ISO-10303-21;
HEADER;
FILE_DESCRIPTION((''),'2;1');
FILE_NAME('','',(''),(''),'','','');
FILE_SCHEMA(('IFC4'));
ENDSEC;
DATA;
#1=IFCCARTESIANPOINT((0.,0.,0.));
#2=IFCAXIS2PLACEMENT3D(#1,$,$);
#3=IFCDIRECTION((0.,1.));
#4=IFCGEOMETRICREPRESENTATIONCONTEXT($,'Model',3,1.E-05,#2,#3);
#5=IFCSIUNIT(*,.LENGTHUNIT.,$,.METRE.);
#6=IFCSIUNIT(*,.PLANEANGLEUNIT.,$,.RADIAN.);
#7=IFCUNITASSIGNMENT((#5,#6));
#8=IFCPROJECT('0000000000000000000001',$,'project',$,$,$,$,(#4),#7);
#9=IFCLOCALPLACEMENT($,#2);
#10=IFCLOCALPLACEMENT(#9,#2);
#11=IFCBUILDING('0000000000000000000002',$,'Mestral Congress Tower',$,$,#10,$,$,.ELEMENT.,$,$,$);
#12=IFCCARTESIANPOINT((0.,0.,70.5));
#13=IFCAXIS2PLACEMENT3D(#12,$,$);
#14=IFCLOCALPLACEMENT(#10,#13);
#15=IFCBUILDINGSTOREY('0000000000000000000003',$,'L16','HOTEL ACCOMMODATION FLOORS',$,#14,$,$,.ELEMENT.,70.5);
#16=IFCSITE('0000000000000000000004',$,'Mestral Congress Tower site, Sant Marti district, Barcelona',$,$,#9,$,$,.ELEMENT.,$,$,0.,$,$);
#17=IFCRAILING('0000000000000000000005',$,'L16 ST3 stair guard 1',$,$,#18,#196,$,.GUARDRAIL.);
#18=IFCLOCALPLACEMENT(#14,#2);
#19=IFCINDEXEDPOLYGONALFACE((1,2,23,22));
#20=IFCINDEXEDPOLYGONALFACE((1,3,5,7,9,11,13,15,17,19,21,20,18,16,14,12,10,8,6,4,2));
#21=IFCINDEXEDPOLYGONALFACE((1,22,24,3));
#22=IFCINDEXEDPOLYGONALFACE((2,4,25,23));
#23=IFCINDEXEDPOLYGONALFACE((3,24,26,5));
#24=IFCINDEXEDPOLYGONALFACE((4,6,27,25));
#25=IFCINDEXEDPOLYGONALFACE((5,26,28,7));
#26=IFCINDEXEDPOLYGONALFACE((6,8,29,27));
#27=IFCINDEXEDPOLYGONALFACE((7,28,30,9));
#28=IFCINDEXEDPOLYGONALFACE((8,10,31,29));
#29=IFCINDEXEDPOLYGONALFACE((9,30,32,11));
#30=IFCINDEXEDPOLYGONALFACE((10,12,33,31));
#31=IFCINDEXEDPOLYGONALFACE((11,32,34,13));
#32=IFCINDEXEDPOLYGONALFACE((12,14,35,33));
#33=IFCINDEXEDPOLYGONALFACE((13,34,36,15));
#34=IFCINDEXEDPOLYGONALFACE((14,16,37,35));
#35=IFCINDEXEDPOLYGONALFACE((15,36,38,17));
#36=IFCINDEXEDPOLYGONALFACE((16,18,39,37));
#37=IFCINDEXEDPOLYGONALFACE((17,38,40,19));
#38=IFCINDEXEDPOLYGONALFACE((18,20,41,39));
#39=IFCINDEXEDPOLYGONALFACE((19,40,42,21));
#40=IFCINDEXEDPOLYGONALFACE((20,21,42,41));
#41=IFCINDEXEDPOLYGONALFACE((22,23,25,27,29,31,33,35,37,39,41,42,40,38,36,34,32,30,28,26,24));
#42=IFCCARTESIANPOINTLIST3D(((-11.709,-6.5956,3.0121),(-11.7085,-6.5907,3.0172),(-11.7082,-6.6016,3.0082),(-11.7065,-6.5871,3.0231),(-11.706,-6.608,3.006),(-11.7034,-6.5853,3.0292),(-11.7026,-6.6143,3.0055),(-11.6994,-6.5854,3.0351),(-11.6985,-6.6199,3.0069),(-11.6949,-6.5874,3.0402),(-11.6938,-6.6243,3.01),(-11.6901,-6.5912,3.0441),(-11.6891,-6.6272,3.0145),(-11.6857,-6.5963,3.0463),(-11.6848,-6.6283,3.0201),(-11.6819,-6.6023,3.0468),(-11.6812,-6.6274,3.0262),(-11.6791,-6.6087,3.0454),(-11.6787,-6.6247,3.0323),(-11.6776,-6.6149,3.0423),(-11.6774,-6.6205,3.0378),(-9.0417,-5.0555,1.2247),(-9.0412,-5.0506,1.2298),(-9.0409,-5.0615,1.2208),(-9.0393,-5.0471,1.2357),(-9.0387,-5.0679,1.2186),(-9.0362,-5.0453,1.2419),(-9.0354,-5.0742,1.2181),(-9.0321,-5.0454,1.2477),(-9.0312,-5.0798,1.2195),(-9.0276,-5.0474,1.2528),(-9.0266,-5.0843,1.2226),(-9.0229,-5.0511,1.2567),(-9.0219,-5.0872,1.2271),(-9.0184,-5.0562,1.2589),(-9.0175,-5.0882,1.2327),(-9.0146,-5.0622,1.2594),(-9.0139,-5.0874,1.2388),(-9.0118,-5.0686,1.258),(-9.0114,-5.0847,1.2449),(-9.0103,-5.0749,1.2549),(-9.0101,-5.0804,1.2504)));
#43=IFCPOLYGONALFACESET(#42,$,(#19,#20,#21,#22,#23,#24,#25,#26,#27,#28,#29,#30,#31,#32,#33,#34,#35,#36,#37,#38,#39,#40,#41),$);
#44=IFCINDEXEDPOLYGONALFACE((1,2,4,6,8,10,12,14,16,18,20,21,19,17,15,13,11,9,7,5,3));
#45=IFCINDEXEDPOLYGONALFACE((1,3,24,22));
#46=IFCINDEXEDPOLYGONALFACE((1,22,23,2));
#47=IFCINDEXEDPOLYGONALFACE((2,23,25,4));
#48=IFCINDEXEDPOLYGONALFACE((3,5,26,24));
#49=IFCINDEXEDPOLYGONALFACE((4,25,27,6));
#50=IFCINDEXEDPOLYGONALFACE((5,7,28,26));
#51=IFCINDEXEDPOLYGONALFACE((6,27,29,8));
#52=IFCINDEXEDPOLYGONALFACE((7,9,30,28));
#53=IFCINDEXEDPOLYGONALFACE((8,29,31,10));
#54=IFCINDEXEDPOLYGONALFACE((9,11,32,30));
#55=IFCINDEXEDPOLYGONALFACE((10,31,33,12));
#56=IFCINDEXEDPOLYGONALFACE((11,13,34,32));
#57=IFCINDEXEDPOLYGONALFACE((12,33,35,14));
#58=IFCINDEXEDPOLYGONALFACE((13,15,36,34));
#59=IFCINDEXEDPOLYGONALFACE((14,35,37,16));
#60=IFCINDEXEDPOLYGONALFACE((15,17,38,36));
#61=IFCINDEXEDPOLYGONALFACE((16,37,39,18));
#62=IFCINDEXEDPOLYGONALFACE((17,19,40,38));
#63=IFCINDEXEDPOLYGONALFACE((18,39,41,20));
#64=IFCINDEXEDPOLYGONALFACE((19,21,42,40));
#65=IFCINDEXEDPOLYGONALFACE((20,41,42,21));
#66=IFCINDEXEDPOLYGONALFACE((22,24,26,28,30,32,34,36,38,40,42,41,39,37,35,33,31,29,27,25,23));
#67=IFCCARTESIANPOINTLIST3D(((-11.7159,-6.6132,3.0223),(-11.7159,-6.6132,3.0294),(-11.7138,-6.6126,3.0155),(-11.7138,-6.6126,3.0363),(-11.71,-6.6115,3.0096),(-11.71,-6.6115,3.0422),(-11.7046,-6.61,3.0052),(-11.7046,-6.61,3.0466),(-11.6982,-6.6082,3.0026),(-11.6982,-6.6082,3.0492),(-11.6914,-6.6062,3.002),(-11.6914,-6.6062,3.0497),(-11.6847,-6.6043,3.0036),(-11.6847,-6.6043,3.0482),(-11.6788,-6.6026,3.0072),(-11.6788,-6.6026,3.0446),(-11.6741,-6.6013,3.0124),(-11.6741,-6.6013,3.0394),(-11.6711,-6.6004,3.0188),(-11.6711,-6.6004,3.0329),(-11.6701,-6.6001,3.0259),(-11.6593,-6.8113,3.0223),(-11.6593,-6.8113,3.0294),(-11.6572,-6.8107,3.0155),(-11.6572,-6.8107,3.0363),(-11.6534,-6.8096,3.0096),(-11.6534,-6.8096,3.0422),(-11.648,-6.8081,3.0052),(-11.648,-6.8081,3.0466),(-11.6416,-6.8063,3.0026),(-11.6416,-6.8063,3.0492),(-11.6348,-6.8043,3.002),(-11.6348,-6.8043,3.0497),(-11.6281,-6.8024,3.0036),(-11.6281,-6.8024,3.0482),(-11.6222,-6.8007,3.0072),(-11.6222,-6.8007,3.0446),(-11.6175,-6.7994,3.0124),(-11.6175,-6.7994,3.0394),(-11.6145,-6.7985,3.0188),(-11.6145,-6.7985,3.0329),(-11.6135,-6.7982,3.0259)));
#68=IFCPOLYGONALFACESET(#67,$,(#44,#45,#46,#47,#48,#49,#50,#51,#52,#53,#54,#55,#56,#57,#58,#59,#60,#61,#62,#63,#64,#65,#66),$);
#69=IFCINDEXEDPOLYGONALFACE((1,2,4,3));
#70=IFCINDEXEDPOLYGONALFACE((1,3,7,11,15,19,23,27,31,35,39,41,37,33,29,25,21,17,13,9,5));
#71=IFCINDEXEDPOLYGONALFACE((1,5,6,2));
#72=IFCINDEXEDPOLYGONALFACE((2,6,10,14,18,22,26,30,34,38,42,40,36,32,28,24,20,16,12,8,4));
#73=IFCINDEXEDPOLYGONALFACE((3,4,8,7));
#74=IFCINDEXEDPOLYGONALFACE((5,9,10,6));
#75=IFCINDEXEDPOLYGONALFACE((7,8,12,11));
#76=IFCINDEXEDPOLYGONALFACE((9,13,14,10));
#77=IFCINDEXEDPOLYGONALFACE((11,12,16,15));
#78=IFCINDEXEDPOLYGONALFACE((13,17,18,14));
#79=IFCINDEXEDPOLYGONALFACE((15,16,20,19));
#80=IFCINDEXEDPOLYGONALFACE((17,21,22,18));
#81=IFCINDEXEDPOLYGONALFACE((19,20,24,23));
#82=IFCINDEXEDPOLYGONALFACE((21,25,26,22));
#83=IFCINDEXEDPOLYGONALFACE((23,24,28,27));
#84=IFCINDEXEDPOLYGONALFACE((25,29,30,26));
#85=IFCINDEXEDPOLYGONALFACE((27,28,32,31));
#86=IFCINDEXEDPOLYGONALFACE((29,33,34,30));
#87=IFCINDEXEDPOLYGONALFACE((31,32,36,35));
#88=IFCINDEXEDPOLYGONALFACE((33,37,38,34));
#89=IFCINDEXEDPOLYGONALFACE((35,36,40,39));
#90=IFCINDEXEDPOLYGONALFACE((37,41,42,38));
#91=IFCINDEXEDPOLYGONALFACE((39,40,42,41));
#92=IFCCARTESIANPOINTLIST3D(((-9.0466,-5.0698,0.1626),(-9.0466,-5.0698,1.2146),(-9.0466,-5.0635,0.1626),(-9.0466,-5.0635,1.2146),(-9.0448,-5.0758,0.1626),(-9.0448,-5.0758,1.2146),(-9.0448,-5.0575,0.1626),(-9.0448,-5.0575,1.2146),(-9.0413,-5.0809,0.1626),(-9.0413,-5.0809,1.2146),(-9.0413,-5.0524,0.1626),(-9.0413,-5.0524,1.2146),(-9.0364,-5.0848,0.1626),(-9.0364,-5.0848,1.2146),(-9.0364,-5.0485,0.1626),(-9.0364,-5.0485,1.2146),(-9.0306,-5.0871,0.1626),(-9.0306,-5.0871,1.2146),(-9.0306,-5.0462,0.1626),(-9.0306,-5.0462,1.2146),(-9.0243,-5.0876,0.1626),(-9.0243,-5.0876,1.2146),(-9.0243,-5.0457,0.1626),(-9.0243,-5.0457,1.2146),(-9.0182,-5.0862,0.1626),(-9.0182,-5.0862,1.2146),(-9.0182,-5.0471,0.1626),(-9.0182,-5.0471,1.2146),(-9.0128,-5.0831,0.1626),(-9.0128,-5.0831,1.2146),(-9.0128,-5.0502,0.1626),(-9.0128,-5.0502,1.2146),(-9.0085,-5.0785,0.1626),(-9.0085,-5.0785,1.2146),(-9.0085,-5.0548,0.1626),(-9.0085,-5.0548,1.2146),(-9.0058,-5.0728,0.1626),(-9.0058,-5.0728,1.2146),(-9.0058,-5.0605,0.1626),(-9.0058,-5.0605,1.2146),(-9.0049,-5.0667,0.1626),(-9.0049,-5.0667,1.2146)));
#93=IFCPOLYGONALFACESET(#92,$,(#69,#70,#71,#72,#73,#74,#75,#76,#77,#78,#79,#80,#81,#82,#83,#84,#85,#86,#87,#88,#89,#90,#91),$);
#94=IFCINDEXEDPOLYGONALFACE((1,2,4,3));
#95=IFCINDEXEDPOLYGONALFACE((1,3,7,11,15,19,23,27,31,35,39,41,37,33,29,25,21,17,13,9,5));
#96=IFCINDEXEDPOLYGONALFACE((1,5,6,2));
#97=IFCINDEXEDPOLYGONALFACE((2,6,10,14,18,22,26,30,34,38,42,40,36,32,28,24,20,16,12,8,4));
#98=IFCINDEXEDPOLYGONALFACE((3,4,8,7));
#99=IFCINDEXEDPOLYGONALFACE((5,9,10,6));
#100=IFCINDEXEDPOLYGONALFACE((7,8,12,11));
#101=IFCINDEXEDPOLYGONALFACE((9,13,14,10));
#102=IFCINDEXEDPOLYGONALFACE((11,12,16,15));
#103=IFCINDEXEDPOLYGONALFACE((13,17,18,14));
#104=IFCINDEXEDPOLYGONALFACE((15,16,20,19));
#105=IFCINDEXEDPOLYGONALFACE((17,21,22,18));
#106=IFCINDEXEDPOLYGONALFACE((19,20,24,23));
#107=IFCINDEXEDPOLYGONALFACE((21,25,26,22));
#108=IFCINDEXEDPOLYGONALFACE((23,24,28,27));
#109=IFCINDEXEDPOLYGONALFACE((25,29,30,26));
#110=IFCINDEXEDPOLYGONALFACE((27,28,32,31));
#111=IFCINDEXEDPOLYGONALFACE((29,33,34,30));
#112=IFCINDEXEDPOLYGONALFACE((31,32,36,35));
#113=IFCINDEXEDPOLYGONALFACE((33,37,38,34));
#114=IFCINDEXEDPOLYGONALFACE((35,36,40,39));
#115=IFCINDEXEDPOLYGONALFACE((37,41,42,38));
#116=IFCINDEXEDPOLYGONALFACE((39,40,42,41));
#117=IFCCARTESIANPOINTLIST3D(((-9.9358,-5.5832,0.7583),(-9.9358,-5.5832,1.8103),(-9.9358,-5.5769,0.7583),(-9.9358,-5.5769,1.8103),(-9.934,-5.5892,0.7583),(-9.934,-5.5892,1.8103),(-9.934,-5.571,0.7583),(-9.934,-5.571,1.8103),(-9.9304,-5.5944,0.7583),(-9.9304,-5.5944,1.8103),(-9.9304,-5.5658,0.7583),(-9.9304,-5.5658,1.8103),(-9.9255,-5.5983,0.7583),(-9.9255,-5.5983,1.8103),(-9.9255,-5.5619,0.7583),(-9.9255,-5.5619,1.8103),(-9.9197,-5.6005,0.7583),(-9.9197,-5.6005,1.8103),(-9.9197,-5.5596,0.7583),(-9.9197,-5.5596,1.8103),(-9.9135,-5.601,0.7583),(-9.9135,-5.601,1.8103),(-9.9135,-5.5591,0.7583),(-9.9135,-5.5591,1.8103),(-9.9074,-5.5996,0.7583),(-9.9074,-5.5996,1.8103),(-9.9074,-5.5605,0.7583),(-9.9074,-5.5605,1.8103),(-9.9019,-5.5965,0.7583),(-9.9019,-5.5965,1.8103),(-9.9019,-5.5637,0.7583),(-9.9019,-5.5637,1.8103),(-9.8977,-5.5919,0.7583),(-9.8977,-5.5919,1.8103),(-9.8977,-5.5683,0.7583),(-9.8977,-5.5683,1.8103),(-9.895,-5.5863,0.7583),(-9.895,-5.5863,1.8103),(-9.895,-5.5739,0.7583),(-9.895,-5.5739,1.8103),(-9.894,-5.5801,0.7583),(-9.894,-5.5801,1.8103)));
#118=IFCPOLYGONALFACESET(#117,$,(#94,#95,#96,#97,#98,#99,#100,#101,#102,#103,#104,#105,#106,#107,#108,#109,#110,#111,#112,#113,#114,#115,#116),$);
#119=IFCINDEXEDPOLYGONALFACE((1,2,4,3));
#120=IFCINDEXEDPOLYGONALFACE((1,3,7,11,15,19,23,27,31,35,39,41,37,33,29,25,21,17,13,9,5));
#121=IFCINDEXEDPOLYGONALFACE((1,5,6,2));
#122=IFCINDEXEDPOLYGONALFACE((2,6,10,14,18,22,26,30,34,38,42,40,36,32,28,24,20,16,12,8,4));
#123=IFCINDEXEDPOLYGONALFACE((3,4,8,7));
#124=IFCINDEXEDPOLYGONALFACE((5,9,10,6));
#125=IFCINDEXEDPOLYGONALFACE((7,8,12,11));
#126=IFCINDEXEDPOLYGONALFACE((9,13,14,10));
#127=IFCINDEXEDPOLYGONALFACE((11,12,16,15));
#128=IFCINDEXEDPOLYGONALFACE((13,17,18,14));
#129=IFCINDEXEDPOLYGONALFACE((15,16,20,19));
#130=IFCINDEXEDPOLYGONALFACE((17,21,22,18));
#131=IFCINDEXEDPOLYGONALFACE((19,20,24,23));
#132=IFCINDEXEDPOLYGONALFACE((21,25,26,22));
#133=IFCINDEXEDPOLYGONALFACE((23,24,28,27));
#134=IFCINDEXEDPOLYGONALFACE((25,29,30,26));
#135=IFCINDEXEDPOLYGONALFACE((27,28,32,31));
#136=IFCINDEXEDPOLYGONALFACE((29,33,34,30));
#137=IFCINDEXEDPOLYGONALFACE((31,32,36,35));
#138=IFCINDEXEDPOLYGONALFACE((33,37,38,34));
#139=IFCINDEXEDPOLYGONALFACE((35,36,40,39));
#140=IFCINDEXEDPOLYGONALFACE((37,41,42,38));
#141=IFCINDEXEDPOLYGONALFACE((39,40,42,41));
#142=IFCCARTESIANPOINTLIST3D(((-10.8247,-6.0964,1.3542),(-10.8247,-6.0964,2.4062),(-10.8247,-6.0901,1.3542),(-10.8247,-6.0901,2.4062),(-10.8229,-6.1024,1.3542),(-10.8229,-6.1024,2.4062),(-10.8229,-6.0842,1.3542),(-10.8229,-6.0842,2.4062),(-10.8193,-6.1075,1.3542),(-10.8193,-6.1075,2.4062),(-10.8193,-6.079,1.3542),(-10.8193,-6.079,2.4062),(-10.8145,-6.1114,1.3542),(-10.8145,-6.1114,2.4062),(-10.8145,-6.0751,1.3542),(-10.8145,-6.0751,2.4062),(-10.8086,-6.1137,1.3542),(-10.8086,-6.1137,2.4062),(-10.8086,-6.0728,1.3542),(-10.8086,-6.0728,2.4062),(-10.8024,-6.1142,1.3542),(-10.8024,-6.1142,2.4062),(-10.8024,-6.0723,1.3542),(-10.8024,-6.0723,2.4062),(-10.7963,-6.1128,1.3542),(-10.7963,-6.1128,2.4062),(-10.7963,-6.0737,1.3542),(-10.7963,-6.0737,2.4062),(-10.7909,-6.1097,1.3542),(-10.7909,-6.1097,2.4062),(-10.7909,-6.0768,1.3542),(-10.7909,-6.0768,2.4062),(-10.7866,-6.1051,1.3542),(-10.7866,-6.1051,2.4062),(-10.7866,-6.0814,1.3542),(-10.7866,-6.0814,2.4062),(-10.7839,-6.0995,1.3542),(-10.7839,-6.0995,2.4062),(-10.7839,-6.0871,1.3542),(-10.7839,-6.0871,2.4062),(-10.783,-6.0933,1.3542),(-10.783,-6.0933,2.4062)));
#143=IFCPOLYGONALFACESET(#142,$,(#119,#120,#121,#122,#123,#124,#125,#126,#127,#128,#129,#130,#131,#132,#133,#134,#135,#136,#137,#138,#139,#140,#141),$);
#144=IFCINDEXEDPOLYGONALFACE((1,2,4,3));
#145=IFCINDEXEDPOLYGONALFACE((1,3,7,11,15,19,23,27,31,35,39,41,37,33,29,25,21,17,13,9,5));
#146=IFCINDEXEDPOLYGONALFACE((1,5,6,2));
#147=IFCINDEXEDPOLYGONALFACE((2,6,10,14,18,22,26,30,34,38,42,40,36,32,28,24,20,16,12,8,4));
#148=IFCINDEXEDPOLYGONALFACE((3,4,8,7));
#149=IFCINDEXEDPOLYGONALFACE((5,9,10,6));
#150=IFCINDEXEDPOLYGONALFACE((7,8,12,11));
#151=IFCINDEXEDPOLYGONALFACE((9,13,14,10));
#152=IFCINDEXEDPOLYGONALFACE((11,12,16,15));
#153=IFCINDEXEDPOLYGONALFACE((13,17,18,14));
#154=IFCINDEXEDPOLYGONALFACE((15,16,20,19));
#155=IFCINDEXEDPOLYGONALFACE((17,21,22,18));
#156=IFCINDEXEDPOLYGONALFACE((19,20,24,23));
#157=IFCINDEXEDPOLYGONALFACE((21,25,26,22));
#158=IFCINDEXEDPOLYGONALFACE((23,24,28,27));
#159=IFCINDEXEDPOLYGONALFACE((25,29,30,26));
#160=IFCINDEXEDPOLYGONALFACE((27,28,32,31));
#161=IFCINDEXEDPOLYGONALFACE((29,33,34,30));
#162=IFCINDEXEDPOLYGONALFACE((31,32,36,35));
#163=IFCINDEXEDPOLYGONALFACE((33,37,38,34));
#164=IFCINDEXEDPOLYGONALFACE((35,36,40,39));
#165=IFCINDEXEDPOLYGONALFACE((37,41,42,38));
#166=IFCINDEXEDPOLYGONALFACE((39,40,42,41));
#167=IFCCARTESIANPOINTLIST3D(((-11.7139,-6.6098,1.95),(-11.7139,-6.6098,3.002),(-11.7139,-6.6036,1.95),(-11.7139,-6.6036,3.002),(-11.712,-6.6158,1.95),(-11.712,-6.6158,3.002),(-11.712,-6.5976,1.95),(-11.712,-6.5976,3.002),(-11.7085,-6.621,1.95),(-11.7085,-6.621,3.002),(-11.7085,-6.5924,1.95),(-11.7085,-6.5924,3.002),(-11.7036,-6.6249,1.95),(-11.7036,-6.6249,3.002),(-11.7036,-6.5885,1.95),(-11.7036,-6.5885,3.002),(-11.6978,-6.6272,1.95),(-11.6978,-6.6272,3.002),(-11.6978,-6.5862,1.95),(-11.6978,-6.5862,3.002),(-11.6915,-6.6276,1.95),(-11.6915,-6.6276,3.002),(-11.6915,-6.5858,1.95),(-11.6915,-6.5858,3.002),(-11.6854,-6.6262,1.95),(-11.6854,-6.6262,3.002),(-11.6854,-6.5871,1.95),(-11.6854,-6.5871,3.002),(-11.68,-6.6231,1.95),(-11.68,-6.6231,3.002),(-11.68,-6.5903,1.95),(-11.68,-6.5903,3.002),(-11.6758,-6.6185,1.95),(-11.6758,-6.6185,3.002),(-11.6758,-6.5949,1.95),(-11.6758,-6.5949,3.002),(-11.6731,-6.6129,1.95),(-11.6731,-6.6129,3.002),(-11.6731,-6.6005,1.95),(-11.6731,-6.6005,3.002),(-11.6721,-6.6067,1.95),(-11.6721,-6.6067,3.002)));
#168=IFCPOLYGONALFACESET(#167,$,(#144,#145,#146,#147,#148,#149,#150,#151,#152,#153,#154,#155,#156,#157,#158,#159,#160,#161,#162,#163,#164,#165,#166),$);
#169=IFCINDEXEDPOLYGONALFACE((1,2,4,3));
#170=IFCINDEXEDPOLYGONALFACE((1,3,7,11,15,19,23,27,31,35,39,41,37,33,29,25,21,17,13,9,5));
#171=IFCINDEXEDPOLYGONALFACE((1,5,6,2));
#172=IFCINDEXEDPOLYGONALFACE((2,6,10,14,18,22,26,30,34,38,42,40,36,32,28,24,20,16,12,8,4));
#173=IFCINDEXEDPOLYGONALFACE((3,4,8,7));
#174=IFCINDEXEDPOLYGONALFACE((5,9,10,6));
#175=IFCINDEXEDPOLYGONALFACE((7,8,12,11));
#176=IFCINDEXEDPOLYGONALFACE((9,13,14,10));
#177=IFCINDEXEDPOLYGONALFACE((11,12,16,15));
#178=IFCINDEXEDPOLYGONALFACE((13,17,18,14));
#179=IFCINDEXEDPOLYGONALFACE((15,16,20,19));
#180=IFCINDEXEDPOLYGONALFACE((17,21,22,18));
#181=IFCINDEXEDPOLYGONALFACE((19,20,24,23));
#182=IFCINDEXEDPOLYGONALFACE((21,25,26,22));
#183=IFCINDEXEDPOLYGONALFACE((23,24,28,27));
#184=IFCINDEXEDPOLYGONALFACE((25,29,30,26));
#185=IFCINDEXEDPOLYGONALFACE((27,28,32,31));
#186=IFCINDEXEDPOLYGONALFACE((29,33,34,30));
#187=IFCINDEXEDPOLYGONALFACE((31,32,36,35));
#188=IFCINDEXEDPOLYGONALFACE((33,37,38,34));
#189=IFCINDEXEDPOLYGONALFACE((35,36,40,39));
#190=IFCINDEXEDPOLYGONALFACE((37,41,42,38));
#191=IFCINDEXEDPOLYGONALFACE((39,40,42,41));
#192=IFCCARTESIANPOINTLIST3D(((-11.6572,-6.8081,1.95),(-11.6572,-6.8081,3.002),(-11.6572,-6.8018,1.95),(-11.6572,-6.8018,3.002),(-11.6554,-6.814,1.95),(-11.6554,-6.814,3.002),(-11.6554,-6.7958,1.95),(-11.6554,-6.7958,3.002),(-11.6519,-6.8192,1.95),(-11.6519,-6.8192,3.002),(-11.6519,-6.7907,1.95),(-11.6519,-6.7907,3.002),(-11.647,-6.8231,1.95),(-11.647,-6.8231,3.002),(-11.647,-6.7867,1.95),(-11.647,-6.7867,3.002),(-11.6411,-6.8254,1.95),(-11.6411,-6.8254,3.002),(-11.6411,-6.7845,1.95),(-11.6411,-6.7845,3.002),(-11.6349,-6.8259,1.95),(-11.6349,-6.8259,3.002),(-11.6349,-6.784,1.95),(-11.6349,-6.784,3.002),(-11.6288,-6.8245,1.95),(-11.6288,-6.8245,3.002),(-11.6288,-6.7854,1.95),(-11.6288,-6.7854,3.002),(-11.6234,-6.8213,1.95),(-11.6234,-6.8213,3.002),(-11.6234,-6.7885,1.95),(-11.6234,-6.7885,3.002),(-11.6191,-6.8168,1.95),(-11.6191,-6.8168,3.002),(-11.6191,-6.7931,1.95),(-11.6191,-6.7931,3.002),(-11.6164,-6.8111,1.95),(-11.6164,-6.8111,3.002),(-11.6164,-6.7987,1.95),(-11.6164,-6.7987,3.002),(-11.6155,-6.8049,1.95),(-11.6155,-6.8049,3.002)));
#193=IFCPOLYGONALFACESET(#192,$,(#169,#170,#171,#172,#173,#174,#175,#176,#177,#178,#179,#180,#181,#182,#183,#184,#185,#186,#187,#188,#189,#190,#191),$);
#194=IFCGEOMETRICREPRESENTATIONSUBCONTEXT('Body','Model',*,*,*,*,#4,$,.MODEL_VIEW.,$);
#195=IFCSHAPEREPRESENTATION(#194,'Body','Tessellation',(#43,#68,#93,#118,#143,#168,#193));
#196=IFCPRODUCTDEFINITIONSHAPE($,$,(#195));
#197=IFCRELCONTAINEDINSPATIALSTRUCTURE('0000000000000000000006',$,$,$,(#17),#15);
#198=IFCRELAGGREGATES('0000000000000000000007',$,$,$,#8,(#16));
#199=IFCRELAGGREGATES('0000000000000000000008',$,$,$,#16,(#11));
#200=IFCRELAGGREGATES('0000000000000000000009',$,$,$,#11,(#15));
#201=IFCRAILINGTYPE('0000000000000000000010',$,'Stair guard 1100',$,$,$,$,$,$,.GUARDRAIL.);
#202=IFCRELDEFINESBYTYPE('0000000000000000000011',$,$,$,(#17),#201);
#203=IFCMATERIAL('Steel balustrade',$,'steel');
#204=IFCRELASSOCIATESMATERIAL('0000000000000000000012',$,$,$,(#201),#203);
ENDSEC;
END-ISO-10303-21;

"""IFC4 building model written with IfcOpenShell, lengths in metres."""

from ifc_helpers import new_model, si_unit, direction, frame, origin, origin_2d, place, context, subcontext, project, spatial, circle, extrude, material, type_object, element, save


model = new_model("IFC4")

# Units and contexts
model_context = context("Model", 3, precision=1e-05, world=origin(), true_north=direction((0.0, 1.0)))
body_context = subcontext(model_context, "Body", "Model", "MODEL_VIEW")
ifc_project = project(units=[si_unit("LENGTHUNIT", "METRE"), si_unit("PLANEANGLEUNIT", "RADIAN")], contexts=[model_context])

# Site, building, storey
site_placement = place(None, origin())
site = spatial("IfcSite", under=ifc_project, at=site_placement, Name="Mestral Congress Tower site, Sant Marti district, Barcelona", CompositionType="ELEMENT", RefElevation=0.0)
building_placement = place(site_placement, origin())
building = spatial("IfcBuilding", under=site, at=building_placement, Name="Mestral Congress Tower", CompositionType="ELEMENT")
storey_placement = place(building_placement, frame((0.0, 0.0, 70.5)))
storey = spatial("IfcBuildingStorey", under=building, at=storey_placement, Name="L16", Description="HOTEL ACCOMMODATION FLOORS", CompositionType="ELEMENT", Elevation=70.5)

# Railing
ifc_material_1 = material(Name="Steel balustrade", Category="steel")
railing_type_1 = type_object("IfcRailingType", Name="Stair guard 1100", PredefinedType="GUARDRAIL", material=ifc_material_1)
railing_1_placement = place(storey_placement, frame((-9.0259, -5.0667, 0.1626)))
element("IfcRailing", 1, at=railing_1_placement, inside=storey, type_object=railing_type_1, Name="L16 ST3 stair guard 1", PredefinedType="GUARDRAIL", context=body_context, shape_type="SweptSolid", body=[
    extrude(circle(Radius=0.0239, at=origin_2d()), frame((0.0, 0.0, 1.0762), z_axis=(-0.74902, -0.432477, 0.501929), x_axis=(0.500027, -0.86601, 0.0)), (0.0, 0.0, 1.0), 3.561),
    extrude(circle(Radius=0.0239, at=origin_2d()), frame((-2.6672, -1.54, 2.8633), z_axis=(0.274721, -0.961524, 0.0), x_axis=(0.961524, 0.274721, 0.0)), (0.0, 0.0, 1.0), 0.2061),
    extrude(circle(Radius=0.021, at=origin_2d()), origin(), (0.0, 0.0, 1.0), 1.052),
    extrude(circle(Radius=0.021, at=origin_2d()), frame((-0.8892, -0.5134, 0.5957)), (0.0, 0.0, 1.0), 1.052),
    extrude(circle(Radius=0.021, at=origin_2d()), frame((-1.7781, -1.0266, 1.1917)), (0.0, 0.0, 1.0), 1.052),
    extrude(circle(Radius=0.021, at=origin_2d()), frame((-2.6672, -1.54, 1.7874)), (0.0, 0.0, 1.0), 1.052),
    extrude(circle(Radius=0.021, at=origin_2d()), frame((-2.6106, -1.7383, 1.7874)), (0.0, 0.0, 1.0), 1.052),
])

save(model, "model.ifc")
